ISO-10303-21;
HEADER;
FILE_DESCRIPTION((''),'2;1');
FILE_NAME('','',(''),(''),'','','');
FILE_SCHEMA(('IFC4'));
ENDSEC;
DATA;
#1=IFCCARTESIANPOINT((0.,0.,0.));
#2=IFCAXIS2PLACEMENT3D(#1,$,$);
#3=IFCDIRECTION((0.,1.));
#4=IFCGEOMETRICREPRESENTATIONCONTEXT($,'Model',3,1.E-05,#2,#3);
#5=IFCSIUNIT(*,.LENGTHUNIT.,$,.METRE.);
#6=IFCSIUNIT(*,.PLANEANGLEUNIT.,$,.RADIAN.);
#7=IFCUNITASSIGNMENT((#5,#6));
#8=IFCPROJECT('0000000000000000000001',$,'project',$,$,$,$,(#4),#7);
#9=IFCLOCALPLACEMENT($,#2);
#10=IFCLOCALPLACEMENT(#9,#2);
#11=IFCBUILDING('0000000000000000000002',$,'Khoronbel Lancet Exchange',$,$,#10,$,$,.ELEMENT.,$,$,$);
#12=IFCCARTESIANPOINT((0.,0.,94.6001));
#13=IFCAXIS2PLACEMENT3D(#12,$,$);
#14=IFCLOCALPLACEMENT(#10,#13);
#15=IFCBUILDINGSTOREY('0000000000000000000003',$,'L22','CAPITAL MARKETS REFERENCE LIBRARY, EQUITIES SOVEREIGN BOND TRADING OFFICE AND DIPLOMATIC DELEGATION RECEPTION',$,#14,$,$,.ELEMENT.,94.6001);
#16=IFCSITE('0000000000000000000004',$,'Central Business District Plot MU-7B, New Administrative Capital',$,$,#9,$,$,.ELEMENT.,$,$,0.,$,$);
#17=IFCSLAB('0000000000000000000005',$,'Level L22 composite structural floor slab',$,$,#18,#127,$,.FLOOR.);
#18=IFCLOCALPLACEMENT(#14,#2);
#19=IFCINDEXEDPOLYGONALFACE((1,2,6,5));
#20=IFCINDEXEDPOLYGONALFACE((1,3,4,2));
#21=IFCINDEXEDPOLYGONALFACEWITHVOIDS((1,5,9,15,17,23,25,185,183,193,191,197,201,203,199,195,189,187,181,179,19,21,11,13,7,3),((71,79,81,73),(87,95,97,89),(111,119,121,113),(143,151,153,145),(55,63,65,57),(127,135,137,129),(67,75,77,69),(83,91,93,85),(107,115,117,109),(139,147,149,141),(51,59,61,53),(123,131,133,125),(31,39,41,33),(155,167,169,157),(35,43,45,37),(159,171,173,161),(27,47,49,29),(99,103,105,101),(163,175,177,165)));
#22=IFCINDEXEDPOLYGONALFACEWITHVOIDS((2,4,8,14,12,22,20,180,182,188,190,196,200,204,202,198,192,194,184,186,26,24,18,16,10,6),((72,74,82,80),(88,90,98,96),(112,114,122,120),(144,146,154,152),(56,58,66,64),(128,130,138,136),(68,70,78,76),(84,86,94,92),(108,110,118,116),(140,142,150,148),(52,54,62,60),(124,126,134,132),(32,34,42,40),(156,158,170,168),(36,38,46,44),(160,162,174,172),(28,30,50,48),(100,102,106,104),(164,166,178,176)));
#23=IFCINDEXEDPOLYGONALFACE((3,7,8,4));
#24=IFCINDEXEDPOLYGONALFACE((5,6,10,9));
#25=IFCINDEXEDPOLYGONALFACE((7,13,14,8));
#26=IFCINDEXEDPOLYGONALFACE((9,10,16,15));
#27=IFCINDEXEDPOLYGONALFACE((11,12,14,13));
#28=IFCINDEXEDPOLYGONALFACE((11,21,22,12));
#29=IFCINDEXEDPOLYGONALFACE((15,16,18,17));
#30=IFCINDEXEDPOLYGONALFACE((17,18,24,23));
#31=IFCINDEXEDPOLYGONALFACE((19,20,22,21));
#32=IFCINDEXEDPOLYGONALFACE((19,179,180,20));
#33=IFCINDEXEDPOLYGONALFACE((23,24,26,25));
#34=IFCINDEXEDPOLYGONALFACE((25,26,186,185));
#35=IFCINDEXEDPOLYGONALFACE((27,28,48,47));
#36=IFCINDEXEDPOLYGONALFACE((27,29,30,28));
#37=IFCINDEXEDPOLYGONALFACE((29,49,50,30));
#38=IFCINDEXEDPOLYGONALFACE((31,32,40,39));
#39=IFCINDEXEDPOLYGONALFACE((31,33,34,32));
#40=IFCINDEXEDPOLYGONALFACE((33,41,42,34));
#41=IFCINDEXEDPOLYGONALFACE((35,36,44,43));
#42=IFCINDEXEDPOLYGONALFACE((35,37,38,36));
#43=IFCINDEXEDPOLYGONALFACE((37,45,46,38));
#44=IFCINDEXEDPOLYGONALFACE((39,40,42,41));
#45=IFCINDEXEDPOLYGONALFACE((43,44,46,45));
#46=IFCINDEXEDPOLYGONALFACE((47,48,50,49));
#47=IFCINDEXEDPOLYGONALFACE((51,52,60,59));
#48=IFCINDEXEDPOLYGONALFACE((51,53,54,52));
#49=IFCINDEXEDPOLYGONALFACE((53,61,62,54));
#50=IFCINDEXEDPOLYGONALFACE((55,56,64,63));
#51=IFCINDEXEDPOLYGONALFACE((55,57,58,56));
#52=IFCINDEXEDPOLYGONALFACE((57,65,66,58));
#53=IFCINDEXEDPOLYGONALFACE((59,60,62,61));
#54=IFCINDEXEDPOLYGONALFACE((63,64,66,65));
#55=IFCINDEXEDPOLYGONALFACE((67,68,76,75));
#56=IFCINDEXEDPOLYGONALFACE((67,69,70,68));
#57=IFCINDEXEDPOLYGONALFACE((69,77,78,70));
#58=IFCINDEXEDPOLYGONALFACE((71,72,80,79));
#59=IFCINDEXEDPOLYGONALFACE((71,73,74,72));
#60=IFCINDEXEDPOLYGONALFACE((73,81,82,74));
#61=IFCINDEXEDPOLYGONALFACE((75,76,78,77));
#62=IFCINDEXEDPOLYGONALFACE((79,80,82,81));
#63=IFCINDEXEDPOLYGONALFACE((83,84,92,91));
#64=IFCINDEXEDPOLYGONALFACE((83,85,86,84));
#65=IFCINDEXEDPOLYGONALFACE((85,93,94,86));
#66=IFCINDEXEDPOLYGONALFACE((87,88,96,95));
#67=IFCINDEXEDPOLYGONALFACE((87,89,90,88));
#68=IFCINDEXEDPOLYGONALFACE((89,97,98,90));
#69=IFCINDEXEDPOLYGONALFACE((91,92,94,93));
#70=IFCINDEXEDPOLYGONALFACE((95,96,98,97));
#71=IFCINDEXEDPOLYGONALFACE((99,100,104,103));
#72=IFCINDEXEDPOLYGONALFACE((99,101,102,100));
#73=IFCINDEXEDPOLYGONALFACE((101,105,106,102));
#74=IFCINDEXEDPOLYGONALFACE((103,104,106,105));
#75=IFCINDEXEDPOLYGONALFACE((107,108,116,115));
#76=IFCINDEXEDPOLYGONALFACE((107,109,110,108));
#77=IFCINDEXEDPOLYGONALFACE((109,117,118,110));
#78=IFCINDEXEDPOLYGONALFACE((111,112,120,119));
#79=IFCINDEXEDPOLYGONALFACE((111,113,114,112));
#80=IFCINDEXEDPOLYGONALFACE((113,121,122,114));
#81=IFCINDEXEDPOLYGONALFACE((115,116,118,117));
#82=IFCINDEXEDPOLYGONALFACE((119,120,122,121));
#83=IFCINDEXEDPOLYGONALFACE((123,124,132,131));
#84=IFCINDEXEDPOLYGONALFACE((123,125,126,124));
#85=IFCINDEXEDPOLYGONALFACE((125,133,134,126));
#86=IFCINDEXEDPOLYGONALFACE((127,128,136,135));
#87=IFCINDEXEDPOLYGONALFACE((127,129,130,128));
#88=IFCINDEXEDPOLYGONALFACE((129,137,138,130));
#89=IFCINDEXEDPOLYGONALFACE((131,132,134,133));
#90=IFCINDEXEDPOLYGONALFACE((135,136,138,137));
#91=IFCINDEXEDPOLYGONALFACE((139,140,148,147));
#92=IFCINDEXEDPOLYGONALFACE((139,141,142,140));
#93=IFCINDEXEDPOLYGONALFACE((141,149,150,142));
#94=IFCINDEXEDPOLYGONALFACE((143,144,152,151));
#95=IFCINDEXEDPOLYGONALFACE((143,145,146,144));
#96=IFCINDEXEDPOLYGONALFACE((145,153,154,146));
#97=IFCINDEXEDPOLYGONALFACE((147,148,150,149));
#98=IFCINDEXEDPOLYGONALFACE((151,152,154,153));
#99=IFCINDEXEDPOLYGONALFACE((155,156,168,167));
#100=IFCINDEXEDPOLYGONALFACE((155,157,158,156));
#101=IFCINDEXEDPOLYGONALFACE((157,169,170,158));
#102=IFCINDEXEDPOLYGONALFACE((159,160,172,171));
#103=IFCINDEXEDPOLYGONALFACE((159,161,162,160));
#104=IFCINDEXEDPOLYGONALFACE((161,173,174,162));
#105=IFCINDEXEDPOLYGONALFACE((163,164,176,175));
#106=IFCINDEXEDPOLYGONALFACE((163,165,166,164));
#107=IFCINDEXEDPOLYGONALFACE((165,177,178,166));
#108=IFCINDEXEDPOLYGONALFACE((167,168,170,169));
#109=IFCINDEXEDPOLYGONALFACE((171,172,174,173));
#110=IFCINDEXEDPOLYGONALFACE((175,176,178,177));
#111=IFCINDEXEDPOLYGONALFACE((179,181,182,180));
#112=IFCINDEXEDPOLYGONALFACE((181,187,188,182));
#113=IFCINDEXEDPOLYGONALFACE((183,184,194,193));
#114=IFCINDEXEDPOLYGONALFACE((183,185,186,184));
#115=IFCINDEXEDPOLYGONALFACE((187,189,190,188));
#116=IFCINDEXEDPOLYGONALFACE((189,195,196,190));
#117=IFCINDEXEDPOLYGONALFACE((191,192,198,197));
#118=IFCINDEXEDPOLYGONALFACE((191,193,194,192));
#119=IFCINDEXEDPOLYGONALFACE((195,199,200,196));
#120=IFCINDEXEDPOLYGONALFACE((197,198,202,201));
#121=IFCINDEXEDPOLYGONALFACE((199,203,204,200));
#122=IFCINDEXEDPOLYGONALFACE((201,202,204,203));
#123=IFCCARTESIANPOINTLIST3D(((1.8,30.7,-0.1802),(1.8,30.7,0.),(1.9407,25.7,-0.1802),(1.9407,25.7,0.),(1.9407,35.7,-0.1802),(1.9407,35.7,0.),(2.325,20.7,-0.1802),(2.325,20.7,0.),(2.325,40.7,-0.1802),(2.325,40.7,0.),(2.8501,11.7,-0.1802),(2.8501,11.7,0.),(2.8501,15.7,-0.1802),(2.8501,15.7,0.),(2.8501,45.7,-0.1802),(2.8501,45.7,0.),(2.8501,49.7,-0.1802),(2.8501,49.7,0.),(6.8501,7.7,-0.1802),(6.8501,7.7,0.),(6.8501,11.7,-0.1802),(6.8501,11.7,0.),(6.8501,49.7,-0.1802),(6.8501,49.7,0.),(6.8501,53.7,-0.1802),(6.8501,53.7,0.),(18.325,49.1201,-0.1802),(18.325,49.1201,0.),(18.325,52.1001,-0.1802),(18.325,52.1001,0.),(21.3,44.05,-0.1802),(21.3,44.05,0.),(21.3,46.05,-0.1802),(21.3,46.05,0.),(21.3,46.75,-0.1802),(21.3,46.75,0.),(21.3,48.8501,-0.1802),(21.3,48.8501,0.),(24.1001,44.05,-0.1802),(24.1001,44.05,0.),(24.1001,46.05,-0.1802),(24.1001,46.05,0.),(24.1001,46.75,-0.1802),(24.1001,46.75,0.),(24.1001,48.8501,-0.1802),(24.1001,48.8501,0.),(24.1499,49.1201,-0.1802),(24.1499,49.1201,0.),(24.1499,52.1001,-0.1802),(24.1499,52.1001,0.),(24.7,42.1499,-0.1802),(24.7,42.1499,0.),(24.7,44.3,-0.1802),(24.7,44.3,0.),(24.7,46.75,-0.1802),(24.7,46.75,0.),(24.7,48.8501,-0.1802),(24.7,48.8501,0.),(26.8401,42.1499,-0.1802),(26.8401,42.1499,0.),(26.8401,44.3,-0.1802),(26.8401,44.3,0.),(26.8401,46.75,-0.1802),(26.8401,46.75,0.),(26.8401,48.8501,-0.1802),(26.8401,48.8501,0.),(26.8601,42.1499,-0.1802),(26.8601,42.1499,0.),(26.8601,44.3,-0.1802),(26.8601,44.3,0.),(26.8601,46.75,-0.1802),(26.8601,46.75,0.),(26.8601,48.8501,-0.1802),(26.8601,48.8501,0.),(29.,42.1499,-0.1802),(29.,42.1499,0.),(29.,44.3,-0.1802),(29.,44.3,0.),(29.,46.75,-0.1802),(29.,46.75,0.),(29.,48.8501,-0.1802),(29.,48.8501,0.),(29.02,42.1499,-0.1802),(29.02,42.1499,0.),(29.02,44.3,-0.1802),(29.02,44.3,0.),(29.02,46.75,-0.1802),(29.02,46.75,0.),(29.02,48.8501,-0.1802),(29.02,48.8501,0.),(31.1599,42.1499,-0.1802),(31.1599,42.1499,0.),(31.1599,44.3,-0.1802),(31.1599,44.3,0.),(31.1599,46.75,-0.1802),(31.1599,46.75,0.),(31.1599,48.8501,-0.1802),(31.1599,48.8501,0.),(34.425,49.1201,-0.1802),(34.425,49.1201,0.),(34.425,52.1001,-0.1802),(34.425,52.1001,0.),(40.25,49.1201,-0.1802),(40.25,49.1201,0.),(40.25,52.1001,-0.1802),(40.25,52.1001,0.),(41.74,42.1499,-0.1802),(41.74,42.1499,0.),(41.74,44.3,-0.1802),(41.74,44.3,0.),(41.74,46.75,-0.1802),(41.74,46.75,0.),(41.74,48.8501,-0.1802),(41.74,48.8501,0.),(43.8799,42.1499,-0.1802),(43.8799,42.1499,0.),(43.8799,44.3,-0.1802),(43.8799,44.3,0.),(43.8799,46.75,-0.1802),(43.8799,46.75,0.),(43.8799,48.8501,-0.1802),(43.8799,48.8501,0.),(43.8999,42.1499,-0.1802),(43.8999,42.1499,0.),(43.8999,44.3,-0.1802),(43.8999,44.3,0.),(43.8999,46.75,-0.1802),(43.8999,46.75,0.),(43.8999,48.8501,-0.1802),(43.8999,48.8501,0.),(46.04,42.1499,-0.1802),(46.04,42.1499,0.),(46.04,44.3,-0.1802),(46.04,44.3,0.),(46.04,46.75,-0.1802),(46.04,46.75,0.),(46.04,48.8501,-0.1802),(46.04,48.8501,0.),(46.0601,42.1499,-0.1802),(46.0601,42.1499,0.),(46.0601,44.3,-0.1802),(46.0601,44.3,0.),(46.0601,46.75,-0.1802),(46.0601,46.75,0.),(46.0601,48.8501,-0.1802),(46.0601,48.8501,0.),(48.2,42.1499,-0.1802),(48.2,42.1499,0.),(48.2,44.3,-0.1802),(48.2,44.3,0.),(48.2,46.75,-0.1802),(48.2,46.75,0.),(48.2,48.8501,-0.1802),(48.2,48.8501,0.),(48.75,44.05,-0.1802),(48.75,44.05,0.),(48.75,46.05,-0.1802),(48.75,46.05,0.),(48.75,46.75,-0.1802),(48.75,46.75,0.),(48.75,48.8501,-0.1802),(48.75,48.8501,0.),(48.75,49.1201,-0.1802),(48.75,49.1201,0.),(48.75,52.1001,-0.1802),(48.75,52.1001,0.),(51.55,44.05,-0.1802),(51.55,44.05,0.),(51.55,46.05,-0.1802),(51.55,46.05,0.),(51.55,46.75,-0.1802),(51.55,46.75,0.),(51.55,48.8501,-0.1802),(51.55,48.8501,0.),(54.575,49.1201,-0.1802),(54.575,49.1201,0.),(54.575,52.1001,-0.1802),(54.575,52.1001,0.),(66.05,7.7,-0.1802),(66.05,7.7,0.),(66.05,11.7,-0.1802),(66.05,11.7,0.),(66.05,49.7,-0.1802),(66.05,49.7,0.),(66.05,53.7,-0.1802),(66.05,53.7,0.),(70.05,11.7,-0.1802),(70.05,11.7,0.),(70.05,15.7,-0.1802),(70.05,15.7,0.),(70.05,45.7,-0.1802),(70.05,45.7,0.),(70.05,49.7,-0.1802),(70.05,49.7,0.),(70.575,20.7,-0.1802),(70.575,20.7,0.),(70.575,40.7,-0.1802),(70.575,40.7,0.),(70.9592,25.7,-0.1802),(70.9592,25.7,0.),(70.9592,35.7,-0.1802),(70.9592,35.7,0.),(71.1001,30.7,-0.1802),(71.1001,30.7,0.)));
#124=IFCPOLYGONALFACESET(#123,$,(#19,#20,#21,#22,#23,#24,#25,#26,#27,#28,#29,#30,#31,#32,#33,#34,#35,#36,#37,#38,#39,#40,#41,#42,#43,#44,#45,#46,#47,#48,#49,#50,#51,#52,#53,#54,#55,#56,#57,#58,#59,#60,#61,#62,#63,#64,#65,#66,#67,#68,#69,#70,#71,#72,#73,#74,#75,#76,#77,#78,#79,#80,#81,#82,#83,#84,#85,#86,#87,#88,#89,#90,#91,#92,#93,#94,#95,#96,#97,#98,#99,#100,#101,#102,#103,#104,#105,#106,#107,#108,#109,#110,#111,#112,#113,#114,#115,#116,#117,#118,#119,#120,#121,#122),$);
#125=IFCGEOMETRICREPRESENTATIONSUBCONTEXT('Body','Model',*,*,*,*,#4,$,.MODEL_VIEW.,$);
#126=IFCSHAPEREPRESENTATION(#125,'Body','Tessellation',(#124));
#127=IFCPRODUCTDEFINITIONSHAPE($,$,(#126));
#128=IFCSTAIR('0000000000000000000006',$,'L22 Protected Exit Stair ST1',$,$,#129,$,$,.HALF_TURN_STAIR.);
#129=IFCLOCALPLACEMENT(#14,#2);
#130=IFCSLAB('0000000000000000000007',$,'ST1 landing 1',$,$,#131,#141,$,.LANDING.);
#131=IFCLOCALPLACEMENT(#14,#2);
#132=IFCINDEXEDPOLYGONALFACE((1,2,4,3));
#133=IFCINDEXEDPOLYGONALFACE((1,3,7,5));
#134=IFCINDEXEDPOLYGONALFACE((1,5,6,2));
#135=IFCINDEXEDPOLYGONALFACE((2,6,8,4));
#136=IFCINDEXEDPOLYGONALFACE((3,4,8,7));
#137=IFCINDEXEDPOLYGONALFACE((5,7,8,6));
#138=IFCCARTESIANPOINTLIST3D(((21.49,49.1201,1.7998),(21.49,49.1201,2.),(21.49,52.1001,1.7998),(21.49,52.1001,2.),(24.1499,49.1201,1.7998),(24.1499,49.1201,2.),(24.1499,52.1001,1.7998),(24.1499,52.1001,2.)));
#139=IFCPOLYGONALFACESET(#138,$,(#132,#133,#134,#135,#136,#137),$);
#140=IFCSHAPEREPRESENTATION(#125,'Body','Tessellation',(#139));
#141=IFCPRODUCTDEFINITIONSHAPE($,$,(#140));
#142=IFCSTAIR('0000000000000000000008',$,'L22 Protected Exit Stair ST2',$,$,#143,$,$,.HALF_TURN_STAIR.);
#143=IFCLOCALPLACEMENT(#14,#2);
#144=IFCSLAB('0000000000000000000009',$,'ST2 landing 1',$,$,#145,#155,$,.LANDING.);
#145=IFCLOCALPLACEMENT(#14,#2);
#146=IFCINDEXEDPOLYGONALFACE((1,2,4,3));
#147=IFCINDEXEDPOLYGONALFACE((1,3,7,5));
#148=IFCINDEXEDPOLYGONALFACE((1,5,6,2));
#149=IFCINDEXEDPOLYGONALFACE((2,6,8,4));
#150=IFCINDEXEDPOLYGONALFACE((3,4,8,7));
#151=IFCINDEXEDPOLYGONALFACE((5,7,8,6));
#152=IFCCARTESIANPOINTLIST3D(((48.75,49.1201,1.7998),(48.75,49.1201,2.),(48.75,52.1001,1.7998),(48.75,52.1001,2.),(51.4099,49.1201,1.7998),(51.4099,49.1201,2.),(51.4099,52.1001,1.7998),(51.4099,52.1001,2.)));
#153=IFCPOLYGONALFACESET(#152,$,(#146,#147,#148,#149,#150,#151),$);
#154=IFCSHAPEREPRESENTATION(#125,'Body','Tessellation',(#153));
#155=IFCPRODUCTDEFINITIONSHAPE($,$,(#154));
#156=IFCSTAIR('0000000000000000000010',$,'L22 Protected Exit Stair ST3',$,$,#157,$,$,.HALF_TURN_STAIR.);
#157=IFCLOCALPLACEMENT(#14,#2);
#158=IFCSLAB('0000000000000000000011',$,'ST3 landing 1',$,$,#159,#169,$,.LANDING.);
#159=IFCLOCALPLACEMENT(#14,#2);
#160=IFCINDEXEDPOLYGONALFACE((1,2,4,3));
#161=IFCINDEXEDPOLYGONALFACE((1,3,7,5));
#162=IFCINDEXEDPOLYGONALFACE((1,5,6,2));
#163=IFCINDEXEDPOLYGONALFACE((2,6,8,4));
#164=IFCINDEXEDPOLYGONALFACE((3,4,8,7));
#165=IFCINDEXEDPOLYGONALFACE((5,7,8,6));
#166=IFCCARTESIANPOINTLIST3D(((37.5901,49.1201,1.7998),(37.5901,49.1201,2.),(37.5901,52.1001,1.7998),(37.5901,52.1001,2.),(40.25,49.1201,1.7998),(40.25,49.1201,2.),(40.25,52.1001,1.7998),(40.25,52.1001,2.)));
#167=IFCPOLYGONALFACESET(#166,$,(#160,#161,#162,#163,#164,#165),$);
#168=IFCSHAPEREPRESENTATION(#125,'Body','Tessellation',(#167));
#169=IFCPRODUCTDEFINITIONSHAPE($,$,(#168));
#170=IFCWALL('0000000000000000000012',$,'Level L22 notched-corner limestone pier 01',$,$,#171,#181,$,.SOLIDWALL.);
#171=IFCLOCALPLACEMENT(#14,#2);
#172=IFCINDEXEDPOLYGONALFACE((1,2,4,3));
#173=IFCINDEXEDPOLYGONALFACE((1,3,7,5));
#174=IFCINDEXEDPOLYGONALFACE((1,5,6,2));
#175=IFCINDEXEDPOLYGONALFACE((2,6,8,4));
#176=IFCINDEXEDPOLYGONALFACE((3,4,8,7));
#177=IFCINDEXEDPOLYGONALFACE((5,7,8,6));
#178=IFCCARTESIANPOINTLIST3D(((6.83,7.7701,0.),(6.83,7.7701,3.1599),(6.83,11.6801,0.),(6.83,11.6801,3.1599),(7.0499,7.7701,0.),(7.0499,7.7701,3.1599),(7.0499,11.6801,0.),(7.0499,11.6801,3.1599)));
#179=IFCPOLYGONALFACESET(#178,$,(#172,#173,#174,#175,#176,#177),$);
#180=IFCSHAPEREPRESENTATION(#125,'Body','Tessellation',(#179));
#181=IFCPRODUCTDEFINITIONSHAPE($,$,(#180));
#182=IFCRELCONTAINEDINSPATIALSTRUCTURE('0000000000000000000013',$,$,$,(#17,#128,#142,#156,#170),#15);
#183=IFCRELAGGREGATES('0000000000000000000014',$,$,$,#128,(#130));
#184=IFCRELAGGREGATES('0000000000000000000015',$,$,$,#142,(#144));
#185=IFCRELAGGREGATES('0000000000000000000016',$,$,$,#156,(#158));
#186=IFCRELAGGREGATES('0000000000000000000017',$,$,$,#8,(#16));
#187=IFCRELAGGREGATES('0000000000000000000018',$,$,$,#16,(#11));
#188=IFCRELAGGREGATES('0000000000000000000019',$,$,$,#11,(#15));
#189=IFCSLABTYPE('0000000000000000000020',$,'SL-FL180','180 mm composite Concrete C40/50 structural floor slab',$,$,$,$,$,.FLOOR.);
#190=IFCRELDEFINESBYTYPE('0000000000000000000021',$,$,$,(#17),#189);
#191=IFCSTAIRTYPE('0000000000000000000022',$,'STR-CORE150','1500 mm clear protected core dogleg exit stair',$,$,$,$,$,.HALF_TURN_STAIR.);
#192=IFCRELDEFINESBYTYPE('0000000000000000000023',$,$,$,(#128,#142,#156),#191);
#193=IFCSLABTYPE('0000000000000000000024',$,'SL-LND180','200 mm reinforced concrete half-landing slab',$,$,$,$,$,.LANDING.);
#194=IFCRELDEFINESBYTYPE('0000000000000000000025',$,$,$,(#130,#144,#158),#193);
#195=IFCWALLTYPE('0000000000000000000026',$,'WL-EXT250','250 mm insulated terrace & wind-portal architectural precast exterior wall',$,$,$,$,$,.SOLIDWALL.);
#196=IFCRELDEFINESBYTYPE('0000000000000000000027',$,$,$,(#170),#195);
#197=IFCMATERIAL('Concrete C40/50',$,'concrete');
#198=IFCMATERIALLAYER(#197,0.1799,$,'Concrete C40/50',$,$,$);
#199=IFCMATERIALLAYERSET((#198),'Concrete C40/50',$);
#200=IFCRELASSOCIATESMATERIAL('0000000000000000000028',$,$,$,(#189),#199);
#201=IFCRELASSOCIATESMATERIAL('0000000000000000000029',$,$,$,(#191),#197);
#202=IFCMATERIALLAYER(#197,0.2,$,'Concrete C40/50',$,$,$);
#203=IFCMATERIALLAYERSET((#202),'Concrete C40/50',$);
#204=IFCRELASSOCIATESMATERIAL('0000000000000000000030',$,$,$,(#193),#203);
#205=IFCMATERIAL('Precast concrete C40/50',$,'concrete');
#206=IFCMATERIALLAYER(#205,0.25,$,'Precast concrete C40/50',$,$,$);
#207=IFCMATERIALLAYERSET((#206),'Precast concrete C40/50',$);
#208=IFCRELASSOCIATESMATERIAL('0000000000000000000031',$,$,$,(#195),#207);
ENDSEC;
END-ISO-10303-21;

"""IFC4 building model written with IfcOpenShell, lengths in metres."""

from ifc_helpers import new_model, si_unit, direction, frame, frame_2d, origin, place, context, subcontext, project, spatial, polyline, rectangle, outline, extrude, material, layer, layer_set, type_object, element, aggregate, save


model = new_model("IFC4")

# Units and contexts
model_context = context("Model", 3, precision=1e-05, world=origin(), true_north=direction((0.0, 1.0)))
body_context = subcontext(model_context, "Body", "Model", "MODEL_VIEW")
ifc_project = project(units=[si_unit("LENGTHUNIT", "METRE"), si_unit("PLANEANGLEUNIT", "RADIAN")], contexts=[model_context])

# Site, building, storey
site_placement = place(None, origin())
site = spatial("IfcSite", under=ifc_project, at=site_placement, Name="Central Business District Plot MU-7B, New Administrative Capital", CompositionType="ELEMENT", RefElevation=0.0)
building_placement = place(site_placement, origin())
building = spatial("IfcBuilding", under=site, at=building_placement, Name="Khoronbel Lancet Exchange", CompositionType="ELEMENT")
storey_placement = place(building_placement, frame((0.0, 0.0, 94.6001)))
storey = spatial("IfcBuildingStorey", under=building, at=storey_placement, Name="L22", Description="CAPITAL MARKETS REFERENCE LIBRARY, EQUITIES SOVEREIGN BOND TRADING OFFICE AND DIPLOMATIC DELEGATION RECEPTION", CompositionType="ELEMENT", Elevation=94.6001)

# Slab
ifc_material_1 = material(Name="Concrete C40/50", Category="concrete")
ifc_layer_1 = layer(ifc_material_1, 0.1799, Name="Concrete C40/50")
ifc_layer_set_1 = layer_set([ifc_layer_1], Name="Concrete C40/50")
slab_type_1 = type_object("IfcSlabType", Name="SL-FL180", Description="180 mm composite Concrete C40/50 structural floor slab", PredefinedType="FLOOR", material=ifc_layer_set_1)
slab_1_placement = place(storey_placement, frame((0.0, 0.0, -0.1802)))
element("IfcSlab", 1, at=slab_1_placement, inside=storey, type_object=slab_type_1, Name="Level L22 composite structural floor slab", PredefinedType="FLOOR", context=body_context, shape_type="SweptSolid", body=[
    extrude(outline(polyline([(6.8501, 7.7), (66.05, 7.7), (66.05, 11.7), (70.05, 11.7), (70.05, 15.7), (70.575, 20.7), (70.9592, 25.7), (71.1001, 30.7), (70.9592, 35.7), (70.575, 40.7), (70.05, 45.7), (70.05, 49.7), (66.05, 49.7), (66.05, 53.7), (6.8501, 53.7), (6.8501, 49.7), (2.8501, 49.7), (2.8501, 45.7), (2.325, 40.7), (1.9407, 35.7), (1.8, 30.7), (1.9407, 25.7), (2.325, 20.7), (2.8501, 15.7), (2.8501, 11.7), (6.8501, 11.7), (6.8501, 7.7)]), holes=[polyline([(18.325, 49.1201), (24.1499, 49.1201), (24.1499, 52.1001), (18.325, 52.1001), (18.325, 49.1201)]), polyline([(48.75, 49.1201), (54.575, 49.1201), (54.575, 52.1001), (48.75, 52.1001), (48.75, 49.1201)]), polyline([(34.425, 49.1201), (40.25, 49.1201), (40.25, 52.1001), (34.425, 52.1001), (34.425, 49.1201)]), polyline([(24.7, 46.75), (26.8401, 46.75), (26.8401, 48.8501), (24.7, 48.8501), (24.7, 46.75)]), polyline([(26.8601, 46.75), (29.0, 46.75), (29.0, 48.8501), (26.8601, 48.8501), (26.8601, 46.75)]), polyline([(29.02, 46.75), (31.1599, 46.75), (31.1599, 48.8501), (29.02, 48.8501), (29.02, 46.75)]), polyline([(24.7, 42.1499), (26.8401, 42.1499), (26.8401, 44.3), (24.7, 44.3), (24.7, 42.1499)]), polyline([(26.8601, 42.1499), (29.0, 42.1499), (29.0, 44.3), (26.8601, 44.3), (26.8601, 42.1499)]), polyline([(29.02, 42.1499), (31.1599, 42.1499), (31.1599, 44.3), (29.02, 44.3), (29.02, 42.1499)]), polyline([(41.74, 46.75), (43.8799, 46.75), (43.8799, 48.8501), (41.74, 48.8501), (41.74, 46.75)]), polyline([(43.8999, 46.75), (46.04, 46.75), (46.04, 48.8501), (43.8999, 48.8501), (43.8999, 46.75)]), polyline([(46.0601, 46.75), (48.2, 46.75), (48.2, 48.8501), (46.0601, 48.8501), (46.0601, 46.75)]), polyline([(41.74, 42.1499), (43.8799, 42.1499), (43.8799, 44.3), (41.74, 44.3), (41.74, 42.1499)]), polyline([(43.8999, 42.1499), (46.04, 42.1499), (46.04, 44.3), (43.8999, 44.3), (43.8999, 42.1499)]), polyline([(46.0601, 42.1499), (48.2, 42.1499), (48.2, 44.3), (46.0601, 44.3), (46.0601, 42.1499)]), polyline([(21.3, 46.75), (24.1001, 46.75), (24.1001, 48.8501), (21.3, 48.8501), (21.3, 46.75)]), polyline([(48.75, 46.75), (51.55, 46.75), (51.55, 48.8501), (48.75, 48.8501), (48.75, 46.75)]), polyline([(21.3, 44.05), (24.1001, 44.05), (24.1001, 46.05), (21.3, 46.05), (21.3, 44.05)]), polyline([(48.75, 44.05), (51.55, 44.05), (51.55, 46.05), (48.75, 46.05), (48.75, 44.05)])]), origin(), (0.0, 0.0, 1.0), 0.1802),
])

# Stairs, slabs
stair_type = type_object("IfcStairType", Name="STR-CORE150", Description="1500 mm clear protected core dogleg exit stair", PredefinedType="HALF_TURN_STAIR", material=ifc_material_1)
stair_1_placement = place(storey_placement, origin())
stair_1 = element("IfcStair", 2, at=stair_1_placement, inside=storey, type_object=stair_type, Name="L22 Protected Exit Stair ST1", PredefinedType="HALF_TURN_STAIR")
ifc_layer_2 = layer(ifc_material_1, 0.2, Name="Concrete C40/50")
ifc_layer_set_2 = layer_set([ifc_layer_2], Name="Concrete C40/50")
slab_type_2 = type_object("IfcSlabType", Name="SL-LND180", Description="200 mm reinforced concrete half-landing slab", PredefinedType="LANDING", material=ifc_layer_set_2)
slab_2_placement = place(storey_placement, frame((0.0, 0.0, 1.7998)))
slab_2 = element("IfcSlab", 3, at=slab_2_placement, type_object=slab_type_2, Name="ST1 landing 1", PredefinedType="LANDING", context=body_context, shape_type="SweptSolid", body=[
    extrude(outline(polyline([(21.49, 49.1201), (24.1499, 49.1201), (24.1499, 52.1001), (21.49, 52.1001), (21.49, 49.1201)])), origin(), (0.0, 0.0, 1.0), 0.2002),
])
aggregate(stair_1, [slab_2])
stair_2_placement = place(storey_placement, origin())
stair_2 = element("IfcStair", 4, at=stair_2_placement, inside=storey, type_object=stair_type, Name="L22 Protected Exit Stair ST2", PredefinedType="HALF_TURN_STAIR")
slab_3_placement = place(storey_placement, frame((0.0, 0.0, 1.7998)))
slab_3 = element("IfcSlab", 5, at=slab_3_placement, type_object=slab_type_2, Name="ST2 landing 1", PredefinedType="LANDING", context=body_context, shape_type="SweptSolid", body=[
    extrude(outline(polyline([(51.4099, 52.1001), (48.75, 52.1001), (48.75, 49.1201), (51.4099, 49.1201), (51.4099, 52.1001)])), origin(), (0.0, 0.0, 1.0), 0.2002),
])
aggregate(stair_2, [slab_3])
stair_3_placement = place(storey_placement, origin())
stair_3 = element("IfcStair", 6, at=stair_3_placement, inside=storey, type_object=stair_type, Name="L22 Protected Exit Stair ST3", PredefinedType="HALF_TURN_STAIR")
slab_4_placement = place(storey_placement, frame((0.0, 0.0, 1.7998)))
slab_4 = element("IfcSlab", 7, at=slab_4_placement, type_object=slab_type_2, Name="ST3 landing 1", PredefinedType="LANDING", context=body_context, shape_type="SweptSolid", body=[
    extrude(outline(polyline([(37.5901, 49.1201), (40.25, 49.1201), (40.25, 52.1001), (37.5901, 52.1001), (37.5901, 49.1201)])), origin(), (0.0, 0.0, 1.0), 0.2002),
])
aggregate(stair_3, [slab_4])

# Wall
ifc_material_2 = material(Name="Precast concrete C40/50", Category="concrete")
ifc_layer_3 = layer(ifc_material_2, 0.25, Name="Precast concrete C40/50")
ifc_layer_set_3 = layer_set([ifc_layer_3], Name="Precast concrete C40/50")
wall_type_1 = type_object("IfcWallType", Name="WL-EXT250", Description="250 mm insulated terrace & wind-portal architectural precast exterior wall", PredefinedType="SOLIDWALL", material=ifc_layer_set_3)
wall_1_placement = place(storey_placement, frame((6.9399, 7.77, 0.0), z_axis=(0.0, 0.0, 1.0), x_axis=(0.0, 1.0, 0.0)))
element("IfcWall", 8, at=wall_1_placement, inside=storey, type_object=wall_type_1, Name="Level L22 notched-corner limestone pier 01", PredefinedType="SOLIDWALL", context=body_context, shape_type="SweptSolid", body=[
    extrude(rectangle(XDim=3.9099, YDim=0.22, at=frame_2d((1.9551, 0.0))), origin(), (0.0, 0.0, 1.0), 3.1599),
])

save(model, "model.ifc")
